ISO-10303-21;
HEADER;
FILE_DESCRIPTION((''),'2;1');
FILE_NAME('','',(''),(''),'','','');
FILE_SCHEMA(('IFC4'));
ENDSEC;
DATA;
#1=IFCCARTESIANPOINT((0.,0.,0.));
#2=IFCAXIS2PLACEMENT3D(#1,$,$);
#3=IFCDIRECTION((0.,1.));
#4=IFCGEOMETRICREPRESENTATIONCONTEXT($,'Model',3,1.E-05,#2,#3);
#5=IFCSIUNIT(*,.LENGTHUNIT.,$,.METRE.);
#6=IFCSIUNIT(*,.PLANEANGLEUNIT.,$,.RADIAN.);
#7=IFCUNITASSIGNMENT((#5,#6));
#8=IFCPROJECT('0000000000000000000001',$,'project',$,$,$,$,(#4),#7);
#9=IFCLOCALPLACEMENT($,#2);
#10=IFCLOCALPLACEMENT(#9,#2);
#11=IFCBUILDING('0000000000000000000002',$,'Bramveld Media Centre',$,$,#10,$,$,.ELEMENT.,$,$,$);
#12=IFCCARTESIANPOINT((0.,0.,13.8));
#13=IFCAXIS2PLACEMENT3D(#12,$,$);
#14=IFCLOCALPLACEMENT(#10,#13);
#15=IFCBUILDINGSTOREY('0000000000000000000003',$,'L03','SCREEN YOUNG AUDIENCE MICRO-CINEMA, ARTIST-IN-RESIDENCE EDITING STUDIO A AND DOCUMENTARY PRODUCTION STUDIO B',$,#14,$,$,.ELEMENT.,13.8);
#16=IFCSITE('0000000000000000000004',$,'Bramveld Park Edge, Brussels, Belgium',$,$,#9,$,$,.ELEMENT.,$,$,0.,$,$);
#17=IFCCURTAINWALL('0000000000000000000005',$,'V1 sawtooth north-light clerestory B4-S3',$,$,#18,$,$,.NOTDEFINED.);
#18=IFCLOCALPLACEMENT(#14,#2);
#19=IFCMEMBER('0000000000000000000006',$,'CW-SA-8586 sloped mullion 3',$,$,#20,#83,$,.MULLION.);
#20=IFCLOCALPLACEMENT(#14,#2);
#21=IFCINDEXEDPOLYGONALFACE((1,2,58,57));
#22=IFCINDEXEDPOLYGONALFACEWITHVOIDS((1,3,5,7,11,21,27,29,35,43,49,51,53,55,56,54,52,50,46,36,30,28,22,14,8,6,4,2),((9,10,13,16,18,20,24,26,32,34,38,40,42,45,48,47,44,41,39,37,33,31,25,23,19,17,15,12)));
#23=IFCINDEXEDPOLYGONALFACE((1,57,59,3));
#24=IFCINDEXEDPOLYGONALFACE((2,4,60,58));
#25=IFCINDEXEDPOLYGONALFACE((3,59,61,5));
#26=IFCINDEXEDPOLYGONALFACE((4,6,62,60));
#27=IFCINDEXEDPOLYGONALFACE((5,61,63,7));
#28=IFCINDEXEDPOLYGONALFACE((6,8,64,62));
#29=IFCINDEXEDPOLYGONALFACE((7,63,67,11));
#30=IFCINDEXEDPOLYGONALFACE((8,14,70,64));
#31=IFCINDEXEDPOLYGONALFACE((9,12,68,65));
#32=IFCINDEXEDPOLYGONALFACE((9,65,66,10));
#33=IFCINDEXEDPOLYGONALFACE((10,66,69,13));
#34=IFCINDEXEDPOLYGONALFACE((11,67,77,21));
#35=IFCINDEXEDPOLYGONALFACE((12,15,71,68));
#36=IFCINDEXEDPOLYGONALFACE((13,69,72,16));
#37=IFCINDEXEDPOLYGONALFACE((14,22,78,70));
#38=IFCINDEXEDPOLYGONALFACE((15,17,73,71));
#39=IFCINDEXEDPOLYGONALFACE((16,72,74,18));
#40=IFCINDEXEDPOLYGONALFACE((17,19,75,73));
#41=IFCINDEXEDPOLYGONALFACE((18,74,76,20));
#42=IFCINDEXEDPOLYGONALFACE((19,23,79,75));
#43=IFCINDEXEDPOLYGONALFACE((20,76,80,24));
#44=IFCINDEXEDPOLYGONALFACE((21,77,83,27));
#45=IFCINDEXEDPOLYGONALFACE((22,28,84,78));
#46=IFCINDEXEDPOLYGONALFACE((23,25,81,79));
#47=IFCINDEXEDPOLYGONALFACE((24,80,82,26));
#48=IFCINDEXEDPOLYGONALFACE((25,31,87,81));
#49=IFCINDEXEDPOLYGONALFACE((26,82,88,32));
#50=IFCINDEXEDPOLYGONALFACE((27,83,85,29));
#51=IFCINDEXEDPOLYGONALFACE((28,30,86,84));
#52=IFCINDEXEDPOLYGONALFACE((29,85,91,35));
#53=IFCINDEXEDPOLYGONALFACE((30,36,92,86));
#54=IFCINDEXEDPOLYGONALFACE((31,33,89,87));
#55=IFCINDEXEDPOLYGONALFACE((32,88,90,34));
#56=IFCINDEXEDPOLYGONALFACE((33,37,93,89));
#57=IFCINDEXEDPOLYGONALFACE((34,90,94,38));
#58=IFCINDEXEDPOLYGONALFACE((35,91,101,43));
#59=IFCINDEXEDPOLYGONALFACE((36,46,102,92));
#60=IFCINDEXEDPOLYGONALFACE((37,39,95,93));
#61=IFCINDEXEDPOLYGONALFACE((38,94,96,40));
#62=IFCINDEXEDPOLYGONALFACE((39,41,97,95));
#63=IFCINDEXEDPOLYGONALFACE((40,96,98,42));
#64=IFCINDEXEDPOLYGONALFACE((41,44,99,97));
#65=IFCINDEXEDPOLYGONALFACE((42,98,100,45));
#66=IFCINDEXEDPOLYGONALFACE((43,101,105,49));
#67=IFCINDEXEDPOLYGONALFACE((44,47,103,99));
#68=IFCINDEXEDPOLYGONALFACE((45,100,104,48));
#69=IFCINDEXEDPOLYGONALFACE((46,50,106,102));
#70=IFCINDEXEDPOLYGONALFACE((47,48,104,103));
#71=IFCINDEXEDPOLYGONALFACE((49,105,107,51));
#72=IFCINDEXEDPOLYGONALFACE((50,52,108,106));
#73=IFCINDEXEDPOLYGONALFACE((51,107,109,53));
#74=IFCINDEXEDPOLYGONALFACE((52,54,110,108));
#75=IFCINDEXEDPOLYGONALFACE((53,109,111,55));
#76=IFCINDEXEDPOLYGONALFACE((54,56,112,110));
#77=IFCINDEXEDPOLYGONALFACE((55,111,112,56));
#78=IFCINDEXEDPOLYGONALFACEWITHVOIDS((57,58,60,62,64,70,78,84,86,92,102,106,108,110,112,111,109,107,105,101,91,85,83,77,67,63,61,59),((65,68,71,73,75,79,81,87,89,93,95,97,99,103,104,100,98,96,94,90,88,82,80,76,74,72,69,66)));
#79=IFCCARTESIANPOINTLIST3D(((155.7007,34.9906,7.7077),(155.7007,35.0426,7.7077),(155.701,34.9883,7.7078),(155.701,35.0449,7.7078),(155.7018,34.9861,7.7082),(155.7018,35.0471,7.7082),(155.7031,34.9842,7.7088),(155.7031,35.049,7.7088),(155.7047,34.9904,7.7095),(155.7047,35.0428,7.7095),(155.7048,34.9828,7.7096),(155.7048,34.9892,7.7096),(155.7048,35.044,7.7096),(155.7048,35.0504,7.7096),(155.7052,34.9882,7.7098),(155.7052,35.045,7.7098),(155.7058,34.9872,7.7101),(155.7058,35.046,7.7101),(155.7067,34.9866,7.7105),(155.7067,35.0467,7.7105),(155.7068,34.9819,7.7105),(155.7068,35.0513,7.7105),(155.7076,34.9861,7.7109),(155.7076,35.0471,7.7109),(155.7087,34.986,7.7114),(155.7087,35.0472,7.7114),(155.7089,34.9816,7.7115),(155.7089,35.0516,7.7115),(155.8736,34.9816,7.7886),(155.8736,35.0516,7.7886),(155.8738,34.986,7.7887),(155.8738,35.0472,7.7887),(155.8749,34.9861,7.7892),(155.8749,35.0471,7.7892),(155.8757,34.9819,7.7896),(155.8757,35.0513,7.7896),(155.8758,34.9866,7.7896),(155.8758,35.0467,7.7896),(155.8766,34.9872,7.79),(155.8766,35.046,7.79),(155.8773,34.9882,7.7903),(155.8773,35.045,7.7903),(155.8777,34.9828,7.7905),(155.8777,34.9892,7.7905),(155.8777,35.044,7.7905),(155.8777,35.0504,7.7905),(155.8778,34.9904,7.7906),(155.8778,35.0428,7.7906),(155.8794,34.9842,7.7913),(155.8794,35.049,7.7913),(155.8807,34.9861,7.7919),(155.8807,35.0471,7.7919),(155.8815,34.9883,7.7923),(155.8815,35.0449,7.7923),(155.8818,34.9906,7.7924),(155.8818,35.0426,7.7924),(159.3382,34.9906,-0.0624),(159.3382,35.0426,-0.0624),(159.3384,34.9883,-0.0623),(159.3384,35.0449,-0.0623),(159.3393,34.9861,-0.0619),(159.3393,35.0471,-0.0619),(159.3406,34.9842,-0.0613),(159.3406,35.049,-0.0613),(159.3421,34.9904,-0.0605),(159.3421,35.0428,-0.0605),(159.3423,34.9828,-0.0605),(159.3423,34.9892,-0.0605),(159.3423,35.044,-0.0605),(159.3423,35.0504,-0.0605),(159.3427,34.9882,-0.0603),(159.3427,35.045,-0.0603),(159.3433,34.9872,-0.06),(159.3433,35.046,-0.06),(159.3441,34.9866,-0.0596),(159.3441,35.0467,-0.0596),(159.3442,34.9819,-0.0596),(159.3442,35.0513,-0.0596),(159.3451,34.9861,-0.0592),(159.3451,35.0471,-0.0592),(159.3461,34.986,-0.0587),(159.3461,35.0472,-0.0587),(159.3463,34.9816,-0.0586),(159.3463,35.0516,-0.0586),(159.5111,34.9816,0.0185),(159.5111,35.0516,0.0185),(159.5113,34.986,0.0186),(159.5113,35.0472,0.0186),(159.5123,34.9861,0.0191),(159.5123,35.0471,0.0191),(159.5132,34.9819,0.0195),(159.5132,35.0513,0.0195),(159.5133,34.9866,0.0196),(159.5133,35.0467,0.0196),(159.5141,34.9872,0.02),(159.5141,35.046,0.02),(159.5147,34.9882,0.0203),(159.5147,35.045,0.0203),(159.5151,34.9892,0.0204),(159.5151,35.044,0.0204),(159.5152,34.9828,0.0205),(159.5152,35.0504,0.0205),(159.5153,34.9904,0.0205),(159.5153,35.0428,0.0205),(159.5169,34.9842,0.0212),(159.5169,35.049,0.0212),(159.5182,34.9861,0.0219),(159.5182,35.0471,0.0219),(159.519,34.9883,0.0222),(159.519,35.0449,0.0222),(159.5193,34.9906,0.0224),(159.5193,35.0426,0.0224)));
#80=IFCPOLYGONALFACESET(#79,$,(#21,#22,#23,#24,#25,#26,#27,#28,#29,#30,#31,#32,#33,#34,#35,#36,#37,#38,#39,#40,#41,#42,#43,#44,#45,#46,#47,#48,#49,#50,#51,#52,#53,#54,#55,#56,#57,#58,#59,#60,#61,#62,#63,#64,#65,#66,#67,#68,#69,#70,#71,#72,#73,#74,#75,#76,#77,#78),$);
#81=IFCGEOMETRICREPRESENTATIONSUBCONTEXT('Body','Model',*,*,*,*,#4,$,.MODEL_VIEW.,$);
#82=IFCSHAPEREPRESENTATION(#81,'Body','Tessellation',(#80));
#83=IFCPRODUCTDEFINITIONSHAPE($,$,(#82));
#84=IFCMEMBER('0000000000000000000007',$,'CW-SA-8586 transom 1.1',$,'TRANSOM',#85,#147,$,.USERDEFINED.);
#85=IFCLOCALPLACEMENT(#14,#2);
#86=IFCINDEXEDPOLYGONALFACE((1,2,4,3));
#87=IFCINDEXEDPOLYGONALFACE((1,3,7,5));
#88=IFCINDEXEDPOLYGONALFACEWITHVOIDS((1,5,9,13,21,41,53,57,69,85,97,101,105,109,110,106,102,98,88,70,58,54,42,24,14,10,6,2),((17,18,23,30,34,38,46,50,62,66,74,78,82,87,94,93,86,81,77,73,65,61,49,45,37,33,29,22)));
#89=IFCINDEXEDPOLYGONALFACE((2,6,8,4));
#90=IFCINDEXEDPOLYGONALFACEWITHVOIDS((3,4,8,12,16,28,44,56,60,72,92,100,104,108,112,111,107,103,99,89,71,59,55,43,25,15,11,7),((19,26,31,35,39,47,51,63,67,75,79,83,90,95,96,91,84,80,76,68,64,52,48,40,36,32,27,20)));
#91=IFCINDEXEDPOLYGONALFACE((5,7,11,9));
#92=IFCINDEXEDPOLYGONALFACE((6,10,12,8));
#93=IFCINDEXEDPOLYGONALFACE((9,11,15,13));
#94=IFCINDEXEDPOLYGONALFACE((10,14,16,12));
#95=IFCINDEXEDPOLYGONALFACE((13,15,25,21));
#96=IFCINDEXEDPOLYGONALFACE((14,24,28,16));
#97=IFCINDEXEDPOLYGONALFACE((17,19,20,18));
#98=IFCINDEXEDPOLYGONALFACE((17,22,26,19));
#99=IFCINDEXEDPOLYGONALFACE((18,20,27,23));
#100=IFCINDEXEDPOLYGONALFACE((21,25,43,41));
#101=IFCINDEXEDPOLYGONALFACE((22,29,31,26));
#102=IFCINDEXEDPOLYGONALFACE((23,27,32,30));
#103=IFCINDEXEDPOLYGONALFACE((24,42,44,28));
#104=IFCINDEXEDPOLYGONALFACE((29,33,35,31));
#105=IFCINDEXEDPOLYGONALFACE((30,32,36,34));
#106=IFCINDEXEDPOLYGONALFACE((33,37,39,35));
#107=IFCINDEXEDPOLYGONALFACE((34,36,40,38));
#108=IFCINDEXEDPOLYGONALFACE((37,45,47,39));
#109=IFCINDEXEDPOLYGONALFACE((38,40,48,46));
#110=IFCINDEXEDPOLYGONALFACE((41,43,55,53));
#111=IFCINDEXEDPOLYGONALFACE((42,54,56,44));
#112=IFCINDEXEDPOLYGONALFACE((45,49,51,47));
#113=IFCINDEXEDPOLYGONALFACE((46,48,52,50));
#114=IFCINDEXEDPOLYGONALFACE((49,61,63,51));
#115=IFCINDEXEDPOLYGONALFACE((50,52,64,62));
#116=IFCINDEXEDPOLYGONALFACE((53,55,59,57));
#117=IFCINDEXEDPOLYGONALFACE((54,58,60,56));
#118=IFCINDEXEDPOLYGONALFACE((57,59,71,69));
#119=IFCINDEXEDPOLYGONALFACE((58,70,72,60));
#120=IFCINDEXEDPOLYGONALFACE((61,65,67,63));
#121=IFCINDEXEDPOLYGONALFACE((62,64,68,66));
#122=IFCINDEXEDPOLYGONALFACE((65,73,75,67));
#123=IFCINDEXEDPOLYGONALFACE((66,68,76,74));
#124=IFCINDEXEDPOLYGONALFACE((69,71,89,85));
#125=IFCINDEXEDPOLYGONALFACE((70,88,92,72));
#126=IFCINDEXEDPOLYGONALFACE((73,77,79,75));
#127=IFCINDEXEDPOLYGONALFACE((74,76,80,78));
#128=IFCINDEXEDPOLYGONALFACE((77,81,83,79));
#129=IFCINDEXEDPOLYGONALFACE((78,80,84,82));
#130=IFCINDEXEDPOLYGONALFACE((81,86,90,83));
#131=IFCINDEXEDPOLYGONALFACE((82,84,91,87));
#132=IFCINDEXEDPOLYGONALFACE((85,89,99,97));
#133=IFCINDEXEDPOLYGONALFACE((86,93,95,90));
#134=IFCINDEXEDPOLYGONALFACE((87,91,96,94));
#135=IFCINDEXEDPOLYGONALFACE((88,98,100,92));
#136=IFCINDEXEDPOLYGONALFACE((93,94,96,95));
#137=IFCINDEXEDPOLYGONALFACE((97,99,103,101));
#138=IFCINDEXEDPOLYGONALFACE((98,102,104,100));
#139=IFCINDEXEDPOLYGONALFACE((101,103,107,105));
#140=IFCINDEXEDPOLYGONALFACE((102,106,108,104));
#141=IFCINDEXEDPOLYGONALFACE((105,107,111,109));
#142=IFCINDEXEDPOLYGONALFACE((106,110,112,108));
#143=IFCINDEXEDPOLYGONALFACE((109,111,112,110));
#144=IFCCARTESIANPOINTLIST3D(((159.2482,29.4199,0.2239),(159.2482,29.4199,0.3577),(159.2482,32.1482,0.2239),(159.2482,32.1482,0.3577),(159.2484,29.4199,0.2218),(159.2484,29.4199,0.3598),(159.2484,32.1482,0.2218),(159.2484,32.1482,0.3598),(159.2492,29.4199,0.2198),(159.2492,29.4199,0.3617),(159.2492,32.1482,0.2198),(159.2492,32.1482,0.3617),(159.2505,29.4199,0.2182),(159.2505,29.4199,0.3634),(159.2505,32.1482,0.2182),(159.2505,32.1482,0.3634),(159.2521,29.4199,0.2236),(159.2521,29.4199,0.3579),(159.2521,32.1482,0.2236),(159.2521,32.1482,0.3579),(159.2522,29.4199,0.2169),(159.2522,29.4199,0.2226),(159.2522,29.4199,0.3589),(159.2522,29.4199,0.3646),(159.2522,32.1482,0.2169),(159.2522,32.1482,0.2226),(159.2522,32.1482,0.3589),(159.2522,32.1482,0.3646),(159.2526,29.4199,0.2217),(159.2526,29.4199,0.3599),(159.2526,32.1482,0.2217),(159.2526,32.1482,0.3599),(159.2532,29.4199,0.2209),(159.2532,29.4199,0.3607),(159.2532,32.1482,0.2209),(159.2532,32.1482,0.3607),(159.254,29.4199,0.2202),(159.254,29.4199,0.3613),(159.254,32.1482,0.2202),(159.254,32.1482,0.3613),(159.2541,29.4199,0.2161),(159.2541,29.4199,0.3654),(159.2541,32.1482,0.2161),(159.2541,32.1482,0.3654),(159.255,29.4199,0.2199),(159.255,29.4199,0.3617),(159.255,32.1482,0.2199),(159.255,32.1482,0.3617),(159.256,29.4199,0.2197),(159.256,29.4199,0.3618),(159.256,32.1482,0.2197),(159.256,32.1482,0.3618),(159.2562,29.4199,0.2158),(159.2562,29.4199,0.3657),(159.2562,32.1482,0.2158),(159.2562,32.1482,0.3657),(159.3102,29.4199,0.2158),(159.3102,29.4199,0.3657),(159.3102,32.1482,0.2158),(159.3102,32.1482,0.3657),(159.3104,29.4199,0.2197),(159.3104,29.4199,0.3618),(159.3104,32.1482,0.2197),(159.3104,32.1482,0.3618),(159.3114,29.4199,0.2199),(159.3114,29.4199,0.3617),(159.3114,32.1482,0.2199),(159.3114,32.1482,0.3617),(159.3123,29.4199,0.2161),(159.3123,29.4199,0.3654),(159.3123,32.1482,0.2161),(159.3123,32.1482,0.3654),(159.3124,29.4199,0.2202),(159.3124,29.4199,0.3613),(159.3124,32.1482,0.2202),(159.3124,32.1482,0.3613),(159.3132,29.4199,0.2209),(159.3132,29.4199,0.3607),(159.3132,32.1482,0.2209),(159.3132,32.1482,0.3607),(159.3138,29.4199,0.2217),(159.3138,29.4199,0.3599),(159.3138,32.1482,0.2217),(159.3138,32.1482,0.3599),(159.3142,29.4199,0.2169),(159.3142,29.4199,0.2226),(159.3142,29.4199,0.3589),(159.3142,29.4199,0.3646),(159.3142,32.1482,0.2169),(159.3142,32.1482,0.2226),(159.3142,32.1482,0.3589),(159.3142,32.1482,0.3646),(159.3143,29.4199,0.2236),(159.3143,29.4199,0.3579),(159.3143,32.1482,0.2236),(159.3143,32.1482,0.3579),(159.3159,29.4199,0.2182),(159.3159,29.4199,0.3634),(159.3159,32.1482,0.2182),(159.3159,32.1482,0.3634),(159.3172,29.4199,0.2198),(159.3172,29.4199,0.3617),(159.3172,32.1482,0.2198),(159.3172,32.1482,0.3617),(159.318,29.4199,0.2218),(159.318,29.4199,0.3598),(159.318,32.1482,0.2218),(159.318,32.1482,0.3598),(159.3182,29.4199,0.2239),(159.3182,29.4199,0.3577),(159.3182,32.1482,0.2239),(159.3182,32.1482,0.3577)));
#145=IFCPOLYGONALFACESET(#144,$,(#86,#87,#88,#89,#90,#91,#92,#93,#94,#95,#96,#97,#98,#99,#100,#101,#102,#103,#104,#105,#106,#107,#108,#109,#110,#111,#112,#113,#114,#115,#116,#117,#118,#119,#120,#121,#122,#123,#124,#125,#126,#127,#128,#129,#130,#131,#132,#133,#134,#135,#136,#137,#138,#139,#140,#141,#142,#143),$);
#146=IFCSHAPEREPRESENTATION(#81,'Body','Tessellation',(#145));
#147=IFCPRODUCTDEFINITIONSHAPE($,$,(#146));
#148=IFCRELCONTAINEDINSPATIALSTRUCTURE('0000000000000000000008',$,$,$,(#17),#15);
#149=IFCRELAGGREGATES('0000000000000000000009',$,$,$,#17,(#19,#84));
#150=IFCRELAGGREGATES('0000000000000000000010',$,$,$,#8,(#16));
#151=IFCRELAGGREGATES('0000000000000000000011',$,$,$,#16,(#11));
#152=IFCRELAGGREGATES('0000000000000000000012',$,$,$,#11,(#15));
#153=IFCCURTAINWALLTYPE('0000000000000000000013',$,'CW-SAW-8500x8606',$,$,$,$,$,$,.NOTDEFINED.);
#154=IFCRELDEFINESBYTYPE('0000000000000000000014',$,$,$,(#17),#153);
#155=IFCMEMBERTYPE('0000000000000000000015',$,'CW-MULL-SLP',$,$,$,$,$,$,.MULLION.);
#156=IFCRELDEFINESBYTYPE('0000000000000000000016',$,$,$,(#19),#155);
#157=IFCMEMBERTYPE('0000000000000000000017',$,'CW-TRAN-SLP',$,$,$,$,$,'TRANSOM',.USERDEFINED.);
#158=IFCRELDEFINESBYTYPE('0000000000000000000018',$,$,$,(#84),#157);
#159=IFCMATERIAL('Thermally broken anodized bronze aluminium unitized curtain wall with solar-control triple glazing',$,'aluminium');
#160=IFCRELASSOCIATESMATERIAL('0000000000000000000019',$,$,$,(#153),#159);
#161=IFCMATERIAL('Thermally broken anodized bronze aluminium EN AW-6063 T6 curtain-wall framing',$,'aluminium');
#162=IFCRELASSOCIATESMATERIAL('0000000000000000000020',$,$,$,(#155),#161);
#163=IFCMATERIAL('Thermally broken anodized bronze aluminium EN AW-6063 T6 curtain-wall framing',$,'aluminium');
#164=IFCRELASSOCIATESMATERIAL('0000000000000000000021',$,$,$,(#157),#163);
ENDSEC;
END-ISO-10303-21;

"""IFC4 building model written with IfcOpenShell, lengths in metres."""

from ifc_helpers import new_model, si_unit, direction, frame, origin, origin_2d, place, context, subcontext, project, spatial, hollow_rectangle, extrude, material, material_profile, profile_set, type_object, element, aggregate, save


model = new_model("IFC4")

# Units and contexts
model_context = context("Model", 3, precision=1e-05, world=origin(), true_north=direction((0.0, 1.0)))
body_context = subcontext(model_context, "Body", "Model", "MODEL_VIEW")
ifc_project = project(units=[si_unit("LENGTHUNIT", "METRE"), si_unit("PLANEANGLEUNIT", "RADIAN")], contexts=[model_context])

# Site, building, storey
site_placement = place(None, origin())
site = spatial("IfcSite", under=ifc_project, at=site_placement, Name="Bramveld Park Edge, Brussels, Belgium", CompositionType="ELEMENT", RefElevation=0.0)
building_placement = place(site_placement, origin())
building = spatial("IfcBuilding", under=site, at=building_placement, Name="Bramveld Media Centre", CompositionType="ELEMENT")
storey_placement = place(building_placement, frame((0.0, 0.0, 13.8)))
storey = spatial("IfcBuildingStorey", under=building, at=storey_placement, Name="L03", Description="SCREEN YOUNG AUDIENCE MICRO-CINEMA, ARTIST-IN-RESIDENCE EDITING STUDIO A AND DOCUMENTARY PRODUCTION STUDIO B", CompositionType="ELEMENT", Elevation=13.8)

# Curtain wall, members
ifc_material_1 = material(Name="Thermally broken anodized bronze aluminium unitized curtain wall with solar-control triple glazing", Category="aluminium")
curtain_wall_type = type_object("IfcCurtainWallType", Name="CW-SAW-8500x8606", PredefinedType="NOTDEFINED", material=ifc_material_1)
curtain_wall_1_placement = place(storey_placement, origin())
curtain_wall_1 = element("IfcCurtainWall", 1, at=curtain_wall_1_placement, inside=storey, type_object=curtain_wall_type, Name="V1 sawtooth north-light clerestory B4-S3", PredefinedType="NOTDEFINED")
ifc_material_2 = material(Name="Thermally broken anodized bronze aluminium EN AW-6063 T6 curtain-wall framing", Category="aluminium")
ifc_material_profile_1 = material_profile(ifc_material_2, hollow_rectangle(XDim=0.0701, YDim=0.2, WallThickness=0.0044, InnerFilletRadius=0.0044, OuterFilletRadius=0.009, at=origin_2d()), Name="AL-MULL 70x200")
ifc_profile_set_1 = profile_set([ifc_material_profile_1], Name="Thermally broken anodized bronze aluminium EN AW-6063 T6 curtain-wall framing")
member_type_1 = type_object("IfcMemberType", Name="CW-MULL-SLP", PredefinedType="MULLION", material=ifc_profile_set_1)
member_1_placement = place(storey_placement, frame((159.4287, 35.0166, -0.02), z_axis=(-0.42398, 0.0, 0.905671), x_axis=(0.0, -1.0, 0.0)))
member_1 = element("IfcMember", 2, at=member_1_placement, type_object=member_type_1, Name="CW-SA-8586 sloped mullion 3", PredefinedType="MULLION", context=body_context, shape_type="SweptSolid", body=[
    extrude(hollow_rectangle(XDim=0.0701, YDim=0.2, WallThickness=0.0044, InnerFilletRadius=0.0044, OuterFilletRadius=0.009, at=origin_2d()), origin(), (0.0, 0.0, 1.0), 8.5793),
])
ifc_material_3 = material(Name="Thermally broken anodized bronze aluminium EN AW-6063 T6 curtain-wall framing", Category="aluminium")
ifc_material_profile_2 = material_profile(ifc_material_3, hollow_rectangle(XDim=0.0701, YDim=0.1499, WallThickness=0.0039, InnerFilletRadius=0.0039, OuterFilletRadius=0.0081, at=origin_2d()), Name="AL-TRAN 70x150")
ifc_profile_set_2 = profile_set([ifc_material_profile_2], Name="Thermally broken anodized bronze aluminium EN AW-6063 T6 curtain-wall framing")
member_type_2 = type_object("IfcMemberType", Name="CW-TRAN-SLP", ElementType="TRANSOM", PredefinedType="USERDEFINED", material=ifc_profile_set_2)
member_2_placement = place(storey_placement, frame((159.2832, 29.4199, 0.2908), z_axis=(0.0, 1.0, 0.0), x_axis=(-1.0, 0.0, 0.0)))
member_2 = element("IfcMember", 3, at=member_2_placement, type_object=member_type_2, Name="CW-SA-8586 transom 1.1", ObjectType="TRANSOM", PredefinedType="USERDEFINED", context=body_context, shape_type="SweptSolid", body=[
    extrude(hollow_rectangle(XDim=0.0701, YDim=0.1499, WallThickness=0.0039, InnerFilletRadius=0.0039, OuterFilletRadius=0.0081, at=origin_2d()), origin(), (0.0, 0.0, 1.0), 2.7283),
])

aggregate(curtain_wall_1, [member_1, member_2])

save(model, "model.ifc")
